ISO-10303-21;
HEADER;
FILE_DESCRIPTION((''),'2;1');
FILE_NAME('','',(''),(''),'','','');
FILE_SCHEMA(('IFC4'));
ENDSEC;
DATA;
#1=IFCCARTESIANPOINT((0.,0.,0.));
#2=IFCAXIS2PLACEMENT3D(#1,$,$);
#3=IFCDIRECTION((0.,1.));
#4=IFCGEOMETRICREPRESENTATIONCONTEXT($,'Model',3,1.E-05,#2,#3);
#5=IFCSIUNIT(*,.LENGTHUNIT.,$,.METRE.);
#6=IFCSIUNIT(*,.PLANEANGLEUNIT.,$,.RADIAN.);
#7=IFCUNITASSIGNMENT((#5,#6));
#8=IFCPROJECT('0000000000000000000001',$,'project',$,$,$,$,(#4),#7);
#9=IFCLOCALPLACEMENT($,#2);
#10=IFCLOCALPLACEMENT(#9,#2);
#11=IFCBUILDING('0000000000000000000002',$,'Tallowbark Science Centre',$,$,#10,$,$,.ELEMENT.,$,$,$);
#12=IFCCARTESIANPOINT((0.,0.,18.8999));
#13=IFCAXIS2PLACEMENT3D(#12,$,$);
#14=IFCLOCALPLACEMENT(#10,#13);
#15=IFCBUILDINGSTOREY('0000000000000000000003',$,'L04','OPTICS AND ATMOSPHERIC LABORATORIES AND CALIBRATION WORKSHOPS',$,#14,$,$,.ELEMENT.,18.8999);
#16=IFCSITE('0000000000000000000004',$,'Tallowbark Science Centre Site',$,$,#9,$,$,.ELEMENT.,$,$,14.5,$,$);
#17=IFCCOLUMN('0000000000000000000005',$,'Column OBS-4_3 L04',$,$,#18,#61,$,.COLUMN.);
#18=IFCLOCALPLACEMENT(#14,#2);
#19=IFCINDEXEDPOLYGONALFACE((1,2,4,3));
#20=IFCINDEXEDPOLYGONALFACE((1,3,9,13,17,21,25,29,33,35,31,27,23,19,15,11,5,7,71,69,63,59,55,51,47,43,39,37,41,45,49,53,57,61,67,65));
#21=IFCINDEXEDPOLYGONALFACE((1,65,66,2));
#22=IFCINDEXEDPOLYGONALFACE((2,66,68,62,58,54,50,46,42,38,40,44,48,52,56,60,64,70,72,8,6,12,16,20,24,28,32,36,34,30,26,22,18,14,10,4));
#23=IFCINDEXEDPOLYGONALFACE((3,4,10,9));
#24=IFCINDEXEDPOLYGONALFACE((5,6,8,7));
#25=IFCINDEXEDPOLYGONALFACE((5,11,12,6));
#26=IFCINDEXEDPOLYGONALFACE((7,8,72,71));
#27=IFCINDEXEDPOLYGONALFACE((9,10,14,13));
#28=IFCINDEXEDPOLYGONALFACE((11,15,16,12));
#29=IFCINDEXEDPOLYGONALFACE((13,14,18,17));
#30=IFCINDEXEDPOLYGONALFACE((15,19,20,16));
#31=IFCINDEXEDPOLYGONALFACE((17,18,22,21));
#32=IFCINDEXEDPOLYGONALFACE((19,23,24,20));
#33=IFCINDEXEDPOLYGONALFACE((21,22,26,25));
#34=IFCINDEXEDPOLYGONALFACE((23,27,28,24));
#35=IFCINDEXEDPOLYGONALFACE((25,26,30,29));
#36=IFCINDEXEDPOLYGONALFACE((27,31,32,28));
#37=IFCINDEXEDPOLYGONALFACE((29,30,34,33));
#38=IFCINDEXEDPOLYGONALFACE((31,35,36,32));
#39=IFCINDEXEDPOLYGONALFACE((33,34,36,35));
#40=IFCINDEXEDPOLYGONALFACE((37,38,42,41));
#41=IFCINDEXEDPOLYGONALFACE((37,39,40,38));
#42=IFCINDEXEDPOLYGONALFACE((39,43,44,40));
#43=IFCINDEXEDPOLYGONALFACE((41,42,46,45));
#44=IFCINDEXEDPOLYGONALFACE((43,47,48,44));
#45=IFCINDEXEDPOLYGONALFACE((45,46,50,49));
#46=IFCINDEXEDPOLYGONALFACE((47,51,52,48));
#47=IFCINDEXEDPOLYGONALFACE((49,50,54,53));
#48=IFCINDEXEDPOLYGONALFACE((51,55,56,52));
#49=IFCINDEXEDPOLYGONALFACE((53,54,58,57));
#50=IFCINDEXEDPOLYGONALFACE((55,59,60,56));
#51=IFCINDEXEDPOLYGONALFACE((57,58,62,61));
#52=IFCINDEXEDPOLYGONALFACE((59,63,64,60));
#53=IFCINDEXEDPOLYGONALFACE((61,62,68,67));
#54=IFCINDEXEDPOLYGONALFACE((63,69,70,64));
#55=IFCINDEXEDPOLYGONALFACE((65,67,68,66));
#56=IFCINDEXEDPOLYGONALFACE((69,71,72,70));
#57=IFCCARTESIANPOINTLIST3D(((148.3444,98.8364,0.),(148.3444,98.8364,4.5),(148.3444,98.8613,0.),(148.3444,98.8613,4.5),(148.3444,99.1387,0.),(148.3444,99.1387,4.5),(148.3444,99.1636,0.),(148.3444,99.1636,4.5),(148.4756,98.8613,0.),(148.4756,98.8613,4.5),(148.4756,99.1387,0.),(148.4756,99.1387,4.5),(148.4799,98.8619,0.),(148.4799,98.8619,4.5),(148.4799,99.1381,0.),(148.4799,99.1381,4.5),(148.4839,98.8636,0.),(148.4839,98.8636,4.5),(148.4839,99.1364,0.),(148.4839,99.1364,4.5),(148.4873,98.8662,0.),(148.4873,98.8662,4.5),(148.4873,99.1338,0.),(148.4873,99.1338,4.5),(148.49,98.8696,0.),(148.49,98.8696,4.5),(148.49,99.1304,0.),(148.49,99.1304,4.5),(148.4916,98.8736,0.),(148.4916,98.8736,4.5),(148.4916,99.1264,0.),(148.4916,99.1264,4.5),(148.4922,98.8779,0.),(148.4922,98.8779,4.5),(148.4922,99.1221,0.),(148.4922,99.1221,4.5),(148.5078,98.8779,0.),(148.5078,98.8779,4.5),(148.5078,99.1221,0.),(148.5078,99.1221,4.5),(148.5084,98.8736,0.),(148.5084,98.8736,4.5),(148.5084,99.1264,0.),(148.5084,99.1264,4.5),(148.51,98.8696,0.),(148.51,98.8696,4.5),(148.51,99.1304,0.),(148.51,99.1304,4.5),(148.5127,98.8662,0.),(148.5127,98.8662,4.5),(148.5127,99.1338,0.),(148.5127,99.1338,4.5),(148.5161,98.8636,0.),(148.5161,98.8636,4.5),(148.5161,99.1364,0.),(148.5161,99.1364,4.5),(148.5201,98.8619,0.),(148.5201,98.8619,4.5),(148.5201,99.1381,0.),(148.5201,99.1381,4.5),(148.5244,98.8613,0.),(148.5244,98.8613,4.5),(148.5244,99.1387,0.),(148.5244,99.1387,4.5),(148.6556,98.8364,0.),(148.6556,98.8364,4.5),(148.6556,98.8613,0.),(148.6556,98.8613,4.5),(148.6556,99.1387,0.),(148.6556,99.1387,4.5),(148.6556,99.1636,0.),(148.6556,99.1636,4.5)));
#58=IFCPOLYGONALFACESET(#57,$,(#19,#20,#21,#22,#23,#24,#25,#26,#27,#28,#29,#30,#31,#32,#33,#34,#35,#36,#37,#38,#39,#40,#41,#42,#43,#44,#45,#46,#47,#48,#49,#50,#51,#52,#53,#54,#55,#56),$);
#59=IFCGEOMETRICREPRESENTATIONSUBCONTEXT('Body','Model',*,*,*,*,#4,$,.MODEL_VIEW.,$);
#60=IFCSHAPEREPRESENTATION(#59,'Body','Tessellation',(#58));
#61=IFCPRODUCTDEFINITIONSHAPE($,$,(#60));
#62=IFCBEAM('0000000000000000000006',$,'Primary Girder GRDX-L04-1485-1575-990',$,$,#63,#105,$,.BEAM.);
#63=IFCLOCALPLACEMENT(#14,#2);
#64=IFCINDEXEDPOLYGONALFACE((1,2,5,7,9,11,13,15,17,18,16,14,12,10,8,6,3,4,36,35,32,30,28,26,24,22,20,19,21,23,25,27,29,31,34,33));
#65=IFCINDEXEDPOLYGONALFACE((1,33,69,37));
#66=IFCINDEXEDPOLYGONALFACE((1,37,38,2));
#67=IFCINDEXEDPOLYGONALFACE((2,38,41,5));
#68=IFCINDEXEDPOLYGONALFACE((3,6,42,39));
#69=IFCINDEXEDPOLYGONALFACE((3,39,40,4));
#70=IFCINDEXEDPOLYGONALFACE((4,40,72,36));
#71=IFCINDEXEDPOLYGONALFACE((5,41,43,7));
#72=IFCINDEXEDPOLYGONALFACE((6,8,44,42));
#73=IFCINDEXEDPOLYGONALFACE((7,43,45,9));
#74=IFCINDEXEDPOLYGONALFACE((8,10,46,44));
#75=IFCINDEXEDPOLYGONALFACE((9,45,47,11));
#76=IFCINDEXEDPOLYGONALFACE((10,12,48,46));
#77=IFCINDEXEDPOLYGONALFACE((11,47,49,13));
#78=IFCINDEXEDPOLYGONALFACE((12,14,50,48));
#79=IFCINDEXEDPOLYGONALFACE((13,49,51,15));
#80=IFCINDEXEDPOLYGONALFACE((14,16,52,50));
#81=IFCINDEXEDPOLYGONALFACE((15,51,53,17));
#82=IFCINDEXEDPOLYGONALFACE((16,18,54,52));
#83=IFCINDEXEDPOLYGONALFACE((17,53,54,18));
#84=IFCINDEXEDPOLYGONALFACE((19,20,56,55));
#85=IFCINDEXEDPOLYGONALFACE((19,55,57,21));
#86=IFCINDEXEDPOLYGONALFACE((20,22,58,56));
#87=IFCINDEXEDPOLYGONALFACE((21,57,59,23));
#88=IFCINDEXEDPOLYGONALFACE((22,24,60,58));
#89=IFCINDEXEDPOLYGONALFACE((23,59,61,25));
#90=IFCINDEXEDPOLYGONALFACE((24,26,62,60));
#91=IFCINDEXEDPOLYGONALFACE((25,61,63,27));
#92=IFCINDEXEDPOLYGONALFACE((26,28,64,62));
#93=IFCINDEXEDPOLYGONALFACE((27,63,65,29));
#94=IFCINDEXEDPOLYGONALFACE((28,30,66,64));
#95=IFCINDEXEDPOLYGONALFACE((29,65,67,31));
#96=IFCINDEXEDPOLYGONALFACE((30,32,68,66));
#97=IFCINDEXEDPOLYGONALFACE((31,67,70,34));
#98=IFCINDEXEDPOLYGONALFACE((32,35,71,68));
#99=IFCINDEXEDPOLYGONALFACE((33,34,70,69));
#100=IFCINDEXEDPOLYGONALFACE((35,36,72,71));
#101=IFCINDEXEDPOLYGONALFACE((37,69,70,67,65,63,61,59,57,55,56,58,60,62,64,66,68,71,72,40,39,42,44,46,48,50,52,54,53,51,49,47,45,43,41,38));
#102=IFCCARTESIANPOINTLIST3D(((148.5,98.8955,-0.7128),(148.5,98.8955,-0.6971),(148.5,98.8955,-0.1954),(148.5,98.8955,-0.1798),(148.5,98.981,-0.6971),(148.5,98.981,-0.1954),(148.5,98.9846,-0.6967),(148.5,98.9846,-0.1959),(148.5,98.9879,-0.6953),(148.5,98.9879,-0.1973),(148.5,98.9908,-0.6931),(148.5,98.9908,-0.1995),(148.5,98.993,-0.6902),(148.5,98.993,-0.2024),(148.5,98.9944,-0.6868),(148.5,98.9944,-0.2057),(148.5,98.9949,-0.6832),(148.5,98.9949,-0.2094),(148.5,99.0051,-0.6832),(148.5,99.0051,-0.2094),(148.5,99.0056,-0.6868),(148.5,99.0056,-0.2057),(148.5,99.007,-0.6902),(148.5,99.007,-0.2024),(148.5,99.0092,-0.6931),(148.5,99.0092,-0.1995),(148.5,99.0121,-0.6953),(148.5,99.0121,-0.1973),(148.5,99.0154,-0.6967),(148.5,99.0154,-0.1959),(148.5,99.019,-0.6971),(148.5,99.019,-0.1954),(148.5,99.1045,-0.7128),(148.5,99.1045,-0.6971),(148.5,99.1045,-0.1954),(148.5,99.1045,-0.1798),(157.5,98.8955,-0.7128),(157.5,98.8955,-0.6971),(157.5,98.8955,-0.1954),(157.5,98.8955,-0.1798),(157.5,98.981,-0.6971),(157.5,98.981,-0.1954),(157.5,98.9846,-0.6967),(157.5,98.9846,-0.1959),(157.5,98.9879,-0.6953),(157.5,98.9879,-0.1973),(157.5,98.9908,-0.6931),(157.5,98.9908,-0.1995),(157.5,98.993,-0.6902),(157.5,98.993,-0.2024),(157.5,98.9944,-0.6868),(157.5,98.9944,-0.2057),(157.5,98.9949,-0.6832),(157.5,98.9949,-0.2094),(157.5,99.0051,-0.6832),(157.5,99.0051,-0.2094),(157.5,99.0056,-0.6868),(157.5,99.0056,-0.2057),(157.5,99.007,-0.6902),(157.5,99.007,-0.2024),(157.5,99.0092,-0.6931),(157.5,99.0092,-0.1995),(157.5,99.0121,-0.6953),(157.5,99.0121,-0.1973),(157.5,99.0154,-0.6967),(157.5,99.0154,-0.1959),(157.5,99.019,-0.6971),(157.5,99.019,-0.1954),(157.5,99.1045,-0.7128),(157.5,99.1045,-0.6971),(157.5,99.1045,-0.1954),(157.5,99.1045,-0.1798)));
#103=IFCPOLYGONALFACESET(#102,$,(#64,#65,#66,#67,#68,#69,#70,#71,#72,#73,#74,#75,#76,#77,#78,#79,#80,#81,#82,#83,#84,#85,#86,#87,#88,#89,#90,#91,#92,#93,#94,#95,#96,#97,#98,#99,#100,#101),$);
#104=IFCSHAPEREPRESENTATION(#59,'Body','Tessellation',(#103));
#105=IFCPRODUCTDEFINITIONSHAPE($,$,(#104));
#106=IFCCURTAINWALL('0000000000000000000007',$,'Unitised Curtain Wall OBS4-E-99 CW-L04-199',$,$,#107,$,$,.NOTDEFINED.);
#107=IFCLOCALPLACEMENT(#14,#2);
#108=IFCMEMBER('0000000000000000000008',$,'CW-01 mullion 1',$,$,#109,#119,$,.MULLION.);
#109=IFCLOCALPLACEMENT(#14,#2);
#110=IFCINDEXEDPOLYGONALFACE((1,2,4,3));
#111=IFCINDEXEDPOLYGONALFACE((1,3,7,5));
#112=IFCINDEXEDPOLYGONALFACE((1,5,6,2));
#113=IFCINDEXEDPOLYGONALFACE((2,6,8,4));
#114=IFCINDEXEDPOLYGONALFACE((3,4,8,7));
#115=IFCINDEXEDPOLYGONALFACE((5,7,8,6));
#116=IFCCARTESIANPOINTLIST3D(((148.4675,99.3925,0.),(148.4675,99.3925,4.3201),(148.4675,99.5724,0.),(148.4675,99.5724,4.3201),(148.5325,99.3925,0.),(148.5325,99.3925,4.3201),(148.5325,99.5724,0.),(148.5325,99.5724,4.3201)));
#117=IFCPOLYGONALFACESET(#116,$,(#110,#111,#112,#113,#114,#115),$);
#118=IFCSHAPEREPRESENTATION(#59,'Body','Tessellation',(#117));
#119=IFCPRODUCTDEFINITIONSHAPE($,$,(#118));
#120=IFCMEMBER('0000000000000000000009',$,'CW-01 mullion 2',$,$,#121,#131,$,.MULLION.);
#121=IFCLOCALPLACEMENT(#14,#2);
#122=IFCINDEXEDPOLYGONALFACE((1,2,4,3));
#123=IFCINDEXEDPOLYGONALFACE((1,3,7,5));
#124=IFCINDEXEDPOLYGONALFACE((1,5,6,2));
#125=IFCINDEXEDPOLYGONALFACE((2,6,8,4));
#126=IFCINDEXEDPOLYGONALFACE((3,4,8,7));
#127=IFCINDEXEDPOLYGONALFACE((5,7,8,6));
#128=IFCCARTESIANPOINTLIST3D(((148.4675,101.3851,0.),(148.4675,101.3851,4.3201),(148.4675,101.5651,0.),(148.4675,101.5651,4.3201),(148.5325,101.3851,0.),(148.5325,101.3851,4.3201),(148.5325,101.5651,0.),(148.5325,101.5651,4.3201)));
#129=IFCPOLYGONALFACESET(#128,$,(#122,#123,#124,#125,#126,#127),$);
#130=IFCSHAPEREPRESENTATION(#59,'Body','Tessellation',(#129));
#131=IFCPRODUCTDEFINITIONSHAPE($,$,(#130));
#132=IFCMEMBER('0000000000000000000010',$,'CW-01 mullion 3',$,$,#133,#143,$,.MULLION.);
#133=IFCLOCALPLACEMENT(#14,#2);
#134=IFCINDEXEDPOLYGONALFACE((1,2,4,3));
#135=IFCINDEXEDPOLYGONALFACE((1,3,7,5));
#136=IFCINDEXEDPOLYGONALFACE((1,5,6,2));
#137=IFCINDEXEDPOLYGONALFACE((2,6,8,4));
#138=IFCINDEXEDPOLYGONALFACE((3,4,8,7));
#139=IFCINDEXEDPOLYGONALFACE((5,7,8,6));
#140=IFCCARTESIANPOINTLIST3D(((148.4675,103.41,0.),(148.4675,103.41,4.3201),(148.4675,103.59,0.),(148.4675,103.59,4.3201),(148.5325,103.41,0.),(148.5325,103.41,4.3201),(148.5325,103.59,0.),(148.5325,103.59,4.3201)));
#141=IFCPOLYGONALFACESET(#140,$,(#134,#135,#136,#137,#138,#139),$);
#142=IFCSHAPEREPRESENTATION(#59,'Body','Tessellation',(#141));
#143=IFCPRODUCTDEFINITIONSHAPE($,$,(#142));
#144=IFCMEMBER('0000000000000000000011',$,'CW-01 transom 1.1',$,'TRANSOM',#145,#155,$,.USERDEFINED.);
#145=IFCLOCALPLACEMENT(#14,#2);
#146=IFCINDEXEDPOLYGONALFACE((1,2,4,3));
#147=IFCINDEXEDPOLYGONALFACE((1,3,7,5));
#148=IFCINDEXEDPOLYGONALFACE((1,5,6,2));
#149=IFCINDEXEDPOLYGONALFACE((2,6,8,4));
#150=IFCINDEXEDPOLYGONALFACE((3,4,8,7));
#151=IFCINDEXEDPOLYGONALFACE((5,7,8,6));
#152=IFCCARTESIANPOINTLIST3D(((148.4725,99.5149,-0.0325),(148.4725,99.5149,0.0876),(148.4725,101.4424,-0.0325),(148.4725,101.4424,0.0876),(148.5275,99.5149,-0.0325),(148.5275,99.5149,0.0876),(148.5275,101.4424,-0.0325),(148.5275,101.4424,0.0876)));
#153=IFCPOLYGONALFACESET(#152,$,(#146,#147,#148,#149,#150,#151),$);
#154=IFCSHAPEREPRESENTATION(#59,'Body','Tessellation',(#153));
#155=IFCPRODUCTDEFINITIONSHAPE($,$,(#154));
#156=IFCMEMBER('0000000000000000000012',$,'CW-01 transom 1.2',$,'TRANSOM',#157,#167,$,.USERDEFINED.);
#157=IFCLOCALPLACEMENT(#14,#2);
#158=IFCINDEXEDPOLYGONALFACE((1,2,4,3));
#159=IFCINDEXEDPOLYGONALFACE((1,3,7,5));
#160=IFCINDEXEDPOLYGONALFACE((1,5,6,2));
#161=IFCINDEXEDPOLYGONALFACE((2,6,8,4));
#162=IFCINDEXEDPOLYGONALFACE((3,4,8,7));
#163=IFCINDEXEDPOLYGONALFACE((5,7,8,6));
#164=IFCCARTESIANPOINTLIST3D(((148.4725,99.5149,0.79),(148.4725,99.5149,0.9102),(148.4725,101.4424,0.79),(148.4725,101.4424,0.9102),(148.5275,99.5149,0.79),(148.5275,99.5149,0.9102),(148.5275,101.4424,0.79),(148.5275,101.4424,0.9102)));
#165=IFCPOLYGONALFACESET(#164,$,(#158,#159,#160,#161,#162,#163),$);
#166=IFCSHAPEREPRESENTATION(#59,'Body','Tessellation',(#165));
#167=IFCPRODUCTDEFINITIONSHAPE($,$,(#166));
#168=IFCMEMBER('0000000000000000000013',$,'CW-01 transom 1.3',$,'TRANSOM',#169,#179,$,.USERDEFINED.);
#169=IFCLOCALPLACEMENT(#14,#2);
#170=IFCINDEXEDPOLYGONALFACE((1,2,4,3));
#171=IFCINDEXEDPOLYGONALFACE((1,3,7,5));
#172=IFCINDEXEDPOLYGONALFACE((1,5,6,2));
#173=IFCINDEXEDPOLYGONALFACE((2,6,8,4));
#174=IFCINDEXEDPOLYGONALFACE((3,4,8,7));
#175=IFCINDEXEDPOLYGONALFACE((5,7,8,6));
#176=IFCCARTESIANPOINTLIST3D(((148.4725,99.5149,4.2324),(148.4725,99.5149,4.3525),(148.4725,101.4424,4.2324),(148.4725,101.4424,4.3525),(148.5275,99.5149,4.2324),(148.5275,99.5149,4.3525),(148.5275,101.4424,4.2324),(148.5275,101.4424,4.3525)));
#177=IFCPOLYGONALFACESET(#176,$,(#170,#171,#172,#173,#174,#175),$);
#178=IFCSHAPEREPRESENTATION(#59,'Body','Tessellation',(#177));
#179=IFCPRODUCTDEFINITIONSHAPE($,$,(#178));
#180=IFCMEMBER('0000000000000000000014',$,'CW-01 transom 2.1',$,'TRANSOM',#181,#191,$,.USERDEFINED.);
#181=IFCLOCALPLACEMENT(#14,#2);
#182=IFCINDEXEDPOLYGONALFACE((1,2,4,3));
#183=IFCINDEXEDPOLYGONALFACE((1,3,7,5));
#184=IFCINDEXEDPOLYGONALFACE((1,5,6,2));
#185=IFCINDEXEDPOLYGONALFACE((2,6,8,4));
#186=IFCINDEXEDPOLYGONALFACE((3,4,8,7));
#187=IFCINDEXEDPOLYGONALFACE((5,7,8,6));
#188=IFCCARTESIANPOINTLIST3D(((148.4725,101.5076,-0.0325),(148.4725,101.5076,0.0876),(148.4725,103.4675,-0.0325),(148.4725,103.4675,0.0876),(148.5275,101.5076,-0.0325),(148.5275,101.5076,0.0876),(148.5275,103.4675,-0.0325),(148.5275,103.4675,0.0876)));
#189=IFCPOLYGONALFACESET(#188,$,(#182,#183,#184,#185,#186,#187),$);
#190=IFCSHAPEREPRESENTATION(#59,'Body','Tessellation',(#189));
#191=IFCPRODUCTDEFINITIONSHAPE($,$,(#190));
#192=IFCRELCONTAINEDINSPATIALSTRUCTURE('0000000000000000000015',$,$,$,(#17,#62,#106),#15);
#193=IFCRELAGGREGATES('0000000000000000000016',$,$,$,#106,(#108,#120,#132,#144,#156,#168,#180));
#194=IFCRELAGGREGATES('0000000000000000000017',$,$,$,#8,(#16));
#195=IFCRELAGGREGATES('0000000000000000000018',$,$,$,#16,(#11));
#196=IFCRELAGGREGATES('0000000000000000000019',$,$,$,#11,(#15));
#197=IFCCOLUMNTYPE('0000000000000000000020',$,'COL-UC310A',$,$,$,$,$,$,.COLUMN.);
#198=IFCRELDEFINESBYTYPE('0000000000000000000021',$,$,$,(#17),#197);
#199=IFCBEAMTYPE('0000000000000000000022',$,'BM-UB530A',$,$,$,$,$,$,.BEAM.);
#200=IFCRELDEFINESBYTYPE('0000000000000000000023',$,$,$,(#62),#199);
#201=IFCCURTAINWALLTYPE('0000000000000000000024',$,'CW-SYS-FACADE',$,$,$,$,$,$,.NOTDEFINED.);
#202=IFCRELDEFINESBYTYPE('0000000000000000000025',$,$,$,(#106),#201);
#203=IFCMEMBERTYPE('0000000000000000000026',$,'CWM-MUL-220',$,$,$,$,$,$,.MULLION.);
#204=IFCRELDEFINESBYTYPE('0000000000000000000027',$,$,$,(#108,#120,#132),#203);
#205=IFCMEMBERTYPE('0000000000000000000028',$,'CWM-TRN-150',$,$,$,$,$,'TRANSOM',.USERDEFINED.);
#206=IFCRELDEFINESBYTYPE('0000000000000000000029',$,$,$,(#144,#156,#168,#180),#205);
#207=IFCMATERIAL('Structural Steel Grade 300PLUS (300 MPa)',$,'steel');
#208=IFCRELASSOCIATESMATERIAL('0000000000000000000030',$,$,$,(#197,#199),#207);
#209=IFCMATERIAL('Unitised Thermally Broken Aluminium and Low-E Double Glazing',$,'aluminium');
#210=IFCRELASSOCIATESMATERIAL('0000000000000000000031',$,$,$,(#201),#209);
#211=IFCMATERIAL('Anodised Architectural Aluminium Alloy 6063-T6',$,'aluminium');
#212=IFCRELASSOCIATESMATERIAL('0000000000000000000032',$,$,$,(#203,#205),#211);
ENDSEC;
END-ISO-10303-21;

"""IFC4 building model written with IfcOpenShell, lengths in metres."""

from ifc_helpers import new_model, si_unit, direction, frame, origin, origin_2d, place, context, subcontext, project, spatial, rectangle, i_section, extrude, material, material_profile, profile_set, type_object, element, aggregate, save


model = new_model("IFC4")

# Units and contexts
model_context = context("Model", 3, precision=1e-05, world=origin(), true_north=direction((0.0, 1.0)))
body_context = subcontext(model_context, "Body", "Model", "MODEL_VIEW")
ifc_project = project(units=[si_unit("LENGTHUNIT", "METRE"), si_unit("PLANEANGLEUNIT", "RADIAN")], contexts=[model_context])

# Site, building, storey
site_placement = place(None, origin())
site = spatial("IfcSite", under=ifc_project, at=site_placement, Name="Tallowbark Science Centre Site", CompositionType="ELEMENT", RefElevation=14.5)
building_placement = place(site_placement, origin())
building = spatial("IfcBuilding", under=site, at=building_placement, Name="Tallowbark Science Centre", CompositionType="ELEMENT")
storey_placement = place(building_placement, frame((0.0, 0.0, 18.8999)))
storey = spatial("IfcBuildingStorey", under=building, at=storey_placement, Name="L04", Description="OPTICS AND ATMOSPHERIC LABORATORIES AND CALIBRATION WORKSHOPS", CompositionType="ELEMENT", Elevation=18.8999)

# Column
ifc_material_1 = material(Name="Structural Steel Grade 300PLUS (300 MPa)", Category="steel")
ifc_material_profile_1 = material_profile(ifc_material_1, i_section(OverallWidth=0.3113, OverallDepth=0.3271, WebThickness=0.0156, FlangeThickness=0.0249, FilletRadius=0.0166, at=origin_2d()), Name="310UC158")
ifc_profile_set_1 = profile_set([ifc_material_profile_1], Name="Structural Steel Grade 300PLUS (300 MPa)")
column_type = type_object("IfcColumnType", Name="COL-UC310A", PredefinedType="COLUMN", material=ifc_profile_set_1)
column_placement = place(storey_placement, frame((148.5, 99.0, 0.0), z_axis=(0.0, 0.0, 1.0), x_axis=(1.0, 0.0, 0.0)))
element("IfcColumn", 1, at=column_placement, inside=storey, type_object=column_type, Name="Column OBS-4_3 L04", PredefinedType="COLUMN", context=body_context, shape_type="SweptSolid", body=[
    extrude(i_section(OverallWidth=0.3113, OverallDepth=0.3271, WebThickness=0.0156, FlangeThickness=0.0249, FilletRadius=0.0166, at=origin_2d()), origin(), (0.0, 0.0, 1.0), 4.5),
])

# Beam
ifc_material_profile_2 = material_profile(ifc_material_1, i_section(OverallWidth=0.209, OverallDepth=0.533, WebThickness=0.0103, FlangeThickness=0.0156, FilletRadius=0.0139, at=origin_2d()), Name="530UB92.4")
ifc_profile_set_2 = profile_set([ifc_material_profile_2], Name="Structural Steel Grade 300PLUS (300 MPa)")
beam_type_1 = type_object("IfcBeamType", Name="BM-UB530A", PredefinedType="BEAM", material=ifc_profile_set_2)
beam_1_placement = place(storey_placement, frame((148.5, 99.0, -0.4463), z_axis=(1.0, 0.0, 0.0), x_axis=(0.0, 1.0, 0.0)))
element("IfcBeam", 2, at=beam_1_placement, inside=storey, type_object=beam_type_1, Name="Primary Girder GRDX-L04-1485-1575-990", PredefinedType="BEAM", context=body_context, shape_type="SweptSolid", body=[
    extrude(i_section(OverallWidth=0.209, OverallDepth=0.533, WebThickness=0.0103, FlangeThickness=0.0156, FilletRadius=0.0139, at=origin_2d()), origin(), (0.0, 0.0, 1.0), 9.0),
])

# Curtain wall, members
ifc_material_2 = material(Name="Unitised Thermally Broken Aluminium and Low-E Double Glazing", Category="aluminium")
curtain_wall_type = type_object("IfcCurtainWallType", Name="CW-SYS-FACADE", PredefinedType="NOTDEFINED", material=ifc_material_2)
curtain_wall_placement = place(storey_placement, origin())
curtain_wall = element("IfcCurtainWall", 3, at=curtain_wall_placement, inside=storey, type_object=curtain_wall_type, Name="Unitised Curtain Wall OBS4-E-99 CW-L04-199", PredefinedType="NOTDEFINED")
ifc_material_3 = material(Name="Anodised Architectural Aluminium Alloy 6063-T6", Category="aluminium")
ifc_material_profile_3 = material_profile(ifc_material_3, rectangle(XDim=0.0649, YDim=0.1799, at=origin_2d()), Name="ALU65x180")
ifc_profile_set_3 = profile_set([ifc_material_profile_3], Name="Anodised Architectural Aluminium Alloy 6063-T6")
member_type_1 = type_object("IfcMemberType", Name="CWM-MUL-220", PredefinedType="MULLION", material=ifc_profile_set_3)
member_1_placement = place(storey_placement, frame((148.5, 99.4824, 0.0), z_axis=(0.0, 0.0, 1.0), x_axis=(-1.0, 0.0, 0.0)))
member_1 = element("IfcMember", 4, at=member_1_placement, type_object=member_type_1, Name="CW-01 mullion 1", PredefinedType="MULLION", context=body_context, shape_type="SweptSolid", body=[
    extrude(rectangle(XDim=0.0649, YDim=0.1799, at=origin_2d()), origin(), (0.0, 0.0, 1.0), 4.3201),
])
member_2_placement = place(storey_placement, frame((148.5, 101.4751, 0.0), z_axis=(0.0, 0.0, 1.0), x_axis=(-1.0, 0.0, 0.0)))
member_2 = element("IfcMember", 5, at=member_2_placement, type_object=member_type_1, Name="CW-01 mullion 2", PredefinedType="MULLION", context=body_context, shape_type="SweptSolid", body=[
    extrude(rectangle(XDim=0.0649, YDim=0.1799, at=origin_2d()), origin(), (0.0, 0.0, 1.0), 4.3201),
])
member_3_placement = place(storey_placement, frame((148.5, 103.5, 0.0), z_axis=(0.0, 0.0, 1.0), x_axis=(-1.0, 0.0, 0.0)))
member_3 = element("IfcMember", 6, at=member_3_placement, type_object=member_type_1, Name="CW-01 mullion 3", PredefinedType="MULLION", context=body_context, shape_type="SweptSolid", body=[
    extrude(rectangle(XDim=0.0649, YDim=0.1799, at=origin_2d()), origin(), (0.0, 0.0, 1.0), 4.3201),
])
ifc_material_profile_4 = material_profile(ifc_material_3, rectangle(XDim=0.0549, YDim=0.1201, at=origin_2d()), Name="ALU55x120")
ifc_profile_set_4 = profile_set([ifc_material_profile_4], Name="Anodised Architectural Aluminium Alloy 6063-T6")
member_type_2 = type_object("IfcMemberType", Name="CWM-TRN-150", ElementType="TRANSOM", PredefinedType="USERDEFINED", material=ifc_profile_set_4)
member_4_placement = place(storey_placement, frame((148.5, 99.5149, 0.0276), z_axis=(0.0, 1.0, 0.0), x_axis=(-1.0, 0.0, 0.0)))
member_4 = element("IfcMember", 7, at=member_4_placement, type_object=member_type_2, Name="CW-01 transom 1.1", ObjectType="TRANSOM", PredefinedType="USERDEFINED", context=body_context, shape_type="SweptSolid", body=[
    extrude(rectangle(XDim=0.0549, YDim=0.1201, at=origin_2d()), origin(), (0.0, 0.0, 1.0), 1.9275),
])
member_5_placement = place(storey_placement, frame((148.5, 99.5149, 0.8501), z_axis=(0.0, 1.0, 0.0), x_axis=(-1.0, 0.0, 0.0)))
member_5 = element("IfcMember", 8, at=member_5_placement, type_object=member_type_2, Name="CW-01 transom 1.2", ObjectType="TRANSOM", PredefinedType="USERDEFINED", context=body_context, shape_type="SweptSolid", body=[
    extrude(rectangle(XDim=0.0549, YDim=0.1201, at=origin_2d()), origin(), (0.0, 0.0, 1.0), 1.9275),
])
member_6_placement = place(storey_placement, frame((148.5, 99.5149, 4.2925), z_axis=(0.0, 1.0, 0.0), x_axis=(-1.0, 0.0, 0.0)))
member_6 = element("IfcMember", 9, at=member_6_placement, type_object=member_type_2, Name="CW-01 transom 1.3", ObjectType="TRANSOM", PredefinedType="USERDEFINED", context=body_context, shape_type="SweptSolid", body=[
    extrude(rectangle(XDim=0.0549, YDim=0.1201, at=origin_2d()), origin(), (0.0, 0.0, 1.0), 1.9275),
])
member_7_placement = place(storey_placement, frame((148.5, 101.5076, 0.0276), z_axis=(0.0, 1.0, 0.0), x_axis=(-1.0, 0.0, 0.0)))
member_7 = element("IfcMember", 10, at=member_7_placement, type_object=member_type_2, Name="CW-01 transom 2.1", ObjectType="TRANSOM", PredefinedType="USERDEFINED", context=body_context, shape_type="SweptSolid", body=[
    extrude(rectangle(XDim=0.0549, YDim=0.1201, at=origin_2d()), origin(), (0.0, 0.0, 1.0), 1.96),
])

aggregate(curtain_wall, [member_1, member_2, member_3, member_4, member_5, member_6, member_7])

save(model, "model.ifc")
